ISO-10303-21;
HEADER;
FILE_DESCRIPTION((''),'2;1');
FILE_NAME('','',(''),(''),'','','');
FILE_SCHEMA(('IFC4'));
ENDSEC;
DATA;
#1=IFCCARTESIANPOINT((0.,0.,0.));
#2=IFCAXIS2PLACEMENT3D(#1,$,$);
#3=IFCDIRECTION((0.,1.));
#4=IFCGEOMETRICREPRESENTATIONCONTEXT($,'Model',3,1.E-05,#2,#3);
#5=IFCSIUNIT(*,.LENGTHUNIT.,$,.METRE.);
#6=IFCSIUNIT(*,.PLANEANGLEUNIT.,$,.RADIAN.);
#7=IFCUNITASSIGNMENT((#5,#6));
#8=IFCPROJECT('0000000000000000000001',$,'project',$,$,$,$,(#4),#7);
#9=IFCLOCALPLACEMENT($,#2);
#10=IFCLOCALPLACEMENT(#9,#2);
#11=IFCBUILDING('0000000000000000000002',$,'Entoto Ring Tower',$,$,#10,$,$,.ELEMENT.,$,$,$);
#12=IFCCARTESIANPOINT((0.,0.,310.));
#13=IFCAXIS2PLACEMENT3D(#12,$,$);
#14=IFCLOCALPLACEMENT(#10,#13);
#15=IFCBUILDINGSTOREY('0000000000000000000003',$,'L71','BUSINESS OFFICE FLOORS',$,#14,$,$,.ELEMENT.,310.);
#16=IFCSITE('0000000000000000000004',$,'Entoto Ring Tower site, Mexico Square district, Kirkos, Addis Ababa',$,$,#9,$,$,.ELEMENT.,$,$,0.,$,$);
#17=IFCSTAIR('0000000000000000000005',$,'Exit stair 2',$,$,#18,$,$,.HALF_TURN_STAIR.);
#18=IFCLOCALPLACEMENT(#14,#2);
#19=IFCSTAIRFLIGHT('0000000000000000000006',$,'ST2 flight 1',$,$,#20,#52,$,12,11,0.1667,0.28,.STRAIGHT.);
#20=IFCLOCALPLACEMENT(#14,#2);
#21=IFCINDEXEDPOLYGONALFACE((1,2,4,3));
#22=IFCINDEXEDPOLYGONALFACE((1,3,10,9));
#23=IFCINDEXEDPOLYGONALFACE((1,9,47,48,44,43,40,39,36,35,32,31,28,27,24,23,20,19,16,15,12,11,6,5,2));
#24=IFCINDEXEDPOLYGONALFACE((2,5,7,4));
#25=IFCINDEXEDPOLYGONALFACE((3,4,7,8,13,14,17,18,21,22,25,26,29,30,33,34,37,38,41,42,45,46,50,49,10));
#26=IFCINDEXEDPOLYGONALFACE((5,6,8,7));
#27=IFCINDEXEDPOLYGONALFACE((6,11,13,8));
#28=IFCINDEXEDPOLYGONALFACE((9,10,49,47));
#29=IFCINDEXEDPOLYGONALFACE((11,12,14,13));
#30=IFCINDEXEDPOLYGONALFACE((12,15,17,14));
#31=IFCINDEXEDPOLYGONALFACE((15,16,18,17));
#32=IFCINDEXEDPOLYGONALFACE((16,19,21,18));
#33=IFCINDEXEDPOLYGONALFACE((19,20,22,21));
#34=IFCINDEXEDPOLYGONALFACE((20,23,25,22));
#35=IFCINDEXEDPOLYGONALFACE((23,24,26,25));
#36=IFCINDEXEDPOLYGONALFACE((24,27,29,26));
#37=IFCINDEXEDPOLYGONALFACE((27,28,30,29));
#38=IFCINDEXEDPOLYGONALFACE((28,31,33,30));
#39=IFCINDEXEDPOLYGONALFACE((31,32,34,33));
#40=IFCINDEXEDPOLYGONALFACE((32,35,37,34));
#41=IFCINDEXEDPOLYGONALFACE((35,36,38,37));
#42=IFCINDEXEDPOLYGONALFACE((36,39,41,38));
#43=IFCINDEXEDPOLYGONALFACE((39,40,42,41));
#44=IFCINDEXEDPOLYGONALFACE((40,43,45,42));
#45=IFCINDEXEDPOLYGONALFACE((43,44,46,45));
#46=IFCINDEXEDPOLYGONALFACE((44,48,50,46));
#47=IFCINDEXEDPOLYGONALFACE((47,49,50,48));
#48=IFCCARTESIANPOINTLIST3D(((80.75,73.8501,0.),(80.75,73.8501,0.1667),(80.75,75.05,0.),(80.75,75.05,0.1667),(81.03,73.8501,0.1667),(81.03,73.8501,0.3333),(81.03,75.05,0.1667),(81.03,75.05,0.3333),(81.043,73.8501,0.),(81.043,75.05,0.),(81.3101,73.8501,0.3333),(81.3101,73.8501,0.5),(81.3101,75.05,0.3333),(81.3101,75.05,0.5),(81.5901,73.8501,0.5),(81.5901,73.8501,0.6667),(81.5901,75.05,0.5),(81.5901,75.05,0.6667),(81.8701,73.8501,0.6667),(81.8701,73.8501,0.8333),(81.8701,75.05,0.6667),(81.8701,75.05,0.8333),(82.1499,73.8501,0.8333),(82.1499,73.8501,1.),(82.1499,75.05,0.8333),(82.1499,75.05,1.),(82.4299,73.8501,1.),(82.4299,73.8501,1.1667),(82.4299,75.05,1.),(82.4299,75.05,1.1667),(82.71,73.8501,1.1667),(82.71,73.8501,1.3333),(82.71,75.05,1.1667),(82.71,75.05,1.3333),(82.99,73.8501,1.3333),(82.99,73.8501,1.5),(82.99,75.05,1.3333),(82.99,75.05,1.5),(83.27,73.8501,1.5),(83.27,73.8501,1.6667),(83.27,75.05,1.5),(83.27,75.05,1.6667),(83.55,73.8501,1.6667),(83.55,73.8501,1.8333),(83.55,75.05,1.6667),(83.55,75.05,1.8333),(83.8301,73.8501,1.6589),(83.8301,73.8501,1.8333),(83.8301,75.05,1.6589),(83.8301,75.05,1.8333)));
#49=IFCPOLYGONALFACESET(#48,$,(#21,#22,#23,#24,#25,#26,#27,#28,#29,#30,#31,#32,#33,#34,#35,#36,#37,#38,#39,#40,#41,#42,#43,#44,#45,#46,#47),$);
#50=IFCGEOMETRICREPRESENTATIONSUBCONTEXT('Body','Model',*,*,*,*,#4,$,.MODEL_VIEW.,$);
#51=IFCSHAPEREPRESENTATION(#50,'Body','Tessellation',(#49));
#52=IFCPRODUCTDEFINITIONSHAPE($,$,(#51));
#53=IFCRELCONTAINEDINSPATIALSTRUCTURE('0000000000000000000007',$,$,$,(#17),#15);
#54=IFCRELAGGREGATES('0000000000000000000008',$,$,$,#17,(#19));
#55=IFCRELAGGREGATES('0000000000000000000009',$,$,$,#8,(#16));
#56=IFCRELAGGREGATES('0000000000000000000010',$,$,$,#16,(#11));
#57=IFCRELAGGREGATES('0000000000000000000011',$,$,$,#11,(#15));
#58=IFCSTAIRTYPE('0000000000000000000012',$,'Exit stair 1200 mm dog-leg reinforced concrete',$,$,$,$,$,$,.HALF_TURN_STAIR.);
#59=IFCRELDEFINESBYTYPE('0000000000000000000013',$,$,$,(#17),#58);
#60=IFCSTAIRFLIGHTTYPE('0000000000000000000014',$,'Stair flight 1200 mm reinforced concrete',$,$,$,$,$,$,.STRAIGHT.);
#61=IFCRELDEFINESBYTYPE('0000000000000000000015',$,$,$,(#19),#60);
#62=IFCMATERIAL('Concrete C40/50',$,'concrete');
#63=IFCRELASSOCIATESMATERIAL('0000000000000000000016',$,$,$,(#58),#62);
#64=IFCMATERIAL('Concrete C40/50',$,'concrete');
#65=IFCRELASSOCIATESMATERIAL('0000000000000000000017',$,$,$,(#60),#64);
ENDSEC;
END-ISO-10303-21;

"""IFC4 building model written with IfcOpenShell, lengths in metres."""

from ifc_helpers import new_model, si_unit, direction, frame, origin, place, context, subcontext, project, spatial, polyline, outline, extrude, material, type_object, element, aggregate, save


model = new_model("IFC4")

# Units and contexts
model_context = context("Model", 3, precision=1e-05, world=origin(), true_north=direction((0.0, 1.0)))
body_context = subcontext(model_context, "Body", "Model", "MODEL_VIEW")
ifc_project = project(units=[si_unit("LENGTHUNIT", "METRE"), si_unit("PLANEANGLEUNIT", "RADIAN")], contexts=[model_context])

# Site, building, storey
site_placement = place(None, origin())
site = spatial("IfcSite", under=ifc_project, at=site_placement, Name="Entoto Ring Tower site, Mexico Square district, Kirkos, Addis Ababa", CompositionType="ELEMENT", RefElevation=0.0)
building_placement = place(site_placement, origin())
building = spatial("IfcBuilding", under=site, at=building_placement, Name="Entoto Ring Tower", CompositionType="ELEMENT")
storey_placement = place(building_placement, frame((0.0, 0.0, 310.0)))
storey = spatial("IfcBuildingStorey", under=building, at=storey_placement, Name="L71", Description="BUSINESS OFFICE FLOORS", CompositionType="ELEMENT", Elevation=310.0)

# Stair, stair flight
ifc_material_1 = material(Name="Concrete C40/50", Category="concrete")
stair_type = type_object("IfcStairType", Name="Exit stair 1200 mm dog-leg reinforced concrete", PredefinedType="HALF_TURN_STAIR", material=ifc_material_1)
stair_placement = place(storey_placement, origin())
stair = element("IfcStair", 1, at=stair_placement, inside=storey, type_object=stair_type, Name="Exit stair 2", PredefinedType="HALF_TURN_STAIR")
ifc_material_2 = material(Name="Concrete C40/50", Category="concrete")
stair_flight_type = type_object("IfcStairFlightType", Name="Stair flight 1200 mm reinforced concrete", PredefinedType="STRAIGHT", material=ifc_material_2)
stair_flight_placement = place(storey_placement, frame((80.75, 74.45, 0.0), z_axis=(0.0, 0.0, 1.0), x_axis=(1.0, 0.0, 0.0)))
stair_flight = element("IfcStairFlight", 2, at=stair_flight_placement, type_object=stair_flight_type, Name="ST2 flight 1", NumberOfRisers=12, NumberOfTreads=11, PredefinedType="STRAIGHT", RiserHeight=0.1667, TreadLength=0.28, context=body_context, shape_type="SweptSolid", body=[
    extrude(outline(polyline([(0.0, 0.0), (0.0, 0.1667), (0.28, 0.1667), (0.28, 0.3333), (0.5601, 0.3333), (0.5601, 0.5), (0.8401, 0.5), (0.8401, 0.6667), (1.1201, 0.6667), (1.1201, 0.8333), (1.3999, 0.8333), (1.3999, 1.0), (1.6799, 1.0), (1.6799, 1.1667), (1.96, 1.1667), (1.96, 1.3333), (2.24, 1.3333), (2.24, 1.5), (2.52, 1.5), (2.52, 1.6667), (2.8, 1.6667), (2.8, 1.8333), (3.0801, 1.8333), (3.0801, 2.0), (3.0801, 1.6589), (0.293, 0.0), (0.0, 0.0)])), frame((0.0, 0.6001, 0.0), z_axis=(0.0, -1.0, 0.0), x_axis=(1.0, 0.0, 0.0)), (0.0, 0.0, 1.0), 1.2),
])
aggregate(stair, [stair_flight])

save(model, "model.ifc")
